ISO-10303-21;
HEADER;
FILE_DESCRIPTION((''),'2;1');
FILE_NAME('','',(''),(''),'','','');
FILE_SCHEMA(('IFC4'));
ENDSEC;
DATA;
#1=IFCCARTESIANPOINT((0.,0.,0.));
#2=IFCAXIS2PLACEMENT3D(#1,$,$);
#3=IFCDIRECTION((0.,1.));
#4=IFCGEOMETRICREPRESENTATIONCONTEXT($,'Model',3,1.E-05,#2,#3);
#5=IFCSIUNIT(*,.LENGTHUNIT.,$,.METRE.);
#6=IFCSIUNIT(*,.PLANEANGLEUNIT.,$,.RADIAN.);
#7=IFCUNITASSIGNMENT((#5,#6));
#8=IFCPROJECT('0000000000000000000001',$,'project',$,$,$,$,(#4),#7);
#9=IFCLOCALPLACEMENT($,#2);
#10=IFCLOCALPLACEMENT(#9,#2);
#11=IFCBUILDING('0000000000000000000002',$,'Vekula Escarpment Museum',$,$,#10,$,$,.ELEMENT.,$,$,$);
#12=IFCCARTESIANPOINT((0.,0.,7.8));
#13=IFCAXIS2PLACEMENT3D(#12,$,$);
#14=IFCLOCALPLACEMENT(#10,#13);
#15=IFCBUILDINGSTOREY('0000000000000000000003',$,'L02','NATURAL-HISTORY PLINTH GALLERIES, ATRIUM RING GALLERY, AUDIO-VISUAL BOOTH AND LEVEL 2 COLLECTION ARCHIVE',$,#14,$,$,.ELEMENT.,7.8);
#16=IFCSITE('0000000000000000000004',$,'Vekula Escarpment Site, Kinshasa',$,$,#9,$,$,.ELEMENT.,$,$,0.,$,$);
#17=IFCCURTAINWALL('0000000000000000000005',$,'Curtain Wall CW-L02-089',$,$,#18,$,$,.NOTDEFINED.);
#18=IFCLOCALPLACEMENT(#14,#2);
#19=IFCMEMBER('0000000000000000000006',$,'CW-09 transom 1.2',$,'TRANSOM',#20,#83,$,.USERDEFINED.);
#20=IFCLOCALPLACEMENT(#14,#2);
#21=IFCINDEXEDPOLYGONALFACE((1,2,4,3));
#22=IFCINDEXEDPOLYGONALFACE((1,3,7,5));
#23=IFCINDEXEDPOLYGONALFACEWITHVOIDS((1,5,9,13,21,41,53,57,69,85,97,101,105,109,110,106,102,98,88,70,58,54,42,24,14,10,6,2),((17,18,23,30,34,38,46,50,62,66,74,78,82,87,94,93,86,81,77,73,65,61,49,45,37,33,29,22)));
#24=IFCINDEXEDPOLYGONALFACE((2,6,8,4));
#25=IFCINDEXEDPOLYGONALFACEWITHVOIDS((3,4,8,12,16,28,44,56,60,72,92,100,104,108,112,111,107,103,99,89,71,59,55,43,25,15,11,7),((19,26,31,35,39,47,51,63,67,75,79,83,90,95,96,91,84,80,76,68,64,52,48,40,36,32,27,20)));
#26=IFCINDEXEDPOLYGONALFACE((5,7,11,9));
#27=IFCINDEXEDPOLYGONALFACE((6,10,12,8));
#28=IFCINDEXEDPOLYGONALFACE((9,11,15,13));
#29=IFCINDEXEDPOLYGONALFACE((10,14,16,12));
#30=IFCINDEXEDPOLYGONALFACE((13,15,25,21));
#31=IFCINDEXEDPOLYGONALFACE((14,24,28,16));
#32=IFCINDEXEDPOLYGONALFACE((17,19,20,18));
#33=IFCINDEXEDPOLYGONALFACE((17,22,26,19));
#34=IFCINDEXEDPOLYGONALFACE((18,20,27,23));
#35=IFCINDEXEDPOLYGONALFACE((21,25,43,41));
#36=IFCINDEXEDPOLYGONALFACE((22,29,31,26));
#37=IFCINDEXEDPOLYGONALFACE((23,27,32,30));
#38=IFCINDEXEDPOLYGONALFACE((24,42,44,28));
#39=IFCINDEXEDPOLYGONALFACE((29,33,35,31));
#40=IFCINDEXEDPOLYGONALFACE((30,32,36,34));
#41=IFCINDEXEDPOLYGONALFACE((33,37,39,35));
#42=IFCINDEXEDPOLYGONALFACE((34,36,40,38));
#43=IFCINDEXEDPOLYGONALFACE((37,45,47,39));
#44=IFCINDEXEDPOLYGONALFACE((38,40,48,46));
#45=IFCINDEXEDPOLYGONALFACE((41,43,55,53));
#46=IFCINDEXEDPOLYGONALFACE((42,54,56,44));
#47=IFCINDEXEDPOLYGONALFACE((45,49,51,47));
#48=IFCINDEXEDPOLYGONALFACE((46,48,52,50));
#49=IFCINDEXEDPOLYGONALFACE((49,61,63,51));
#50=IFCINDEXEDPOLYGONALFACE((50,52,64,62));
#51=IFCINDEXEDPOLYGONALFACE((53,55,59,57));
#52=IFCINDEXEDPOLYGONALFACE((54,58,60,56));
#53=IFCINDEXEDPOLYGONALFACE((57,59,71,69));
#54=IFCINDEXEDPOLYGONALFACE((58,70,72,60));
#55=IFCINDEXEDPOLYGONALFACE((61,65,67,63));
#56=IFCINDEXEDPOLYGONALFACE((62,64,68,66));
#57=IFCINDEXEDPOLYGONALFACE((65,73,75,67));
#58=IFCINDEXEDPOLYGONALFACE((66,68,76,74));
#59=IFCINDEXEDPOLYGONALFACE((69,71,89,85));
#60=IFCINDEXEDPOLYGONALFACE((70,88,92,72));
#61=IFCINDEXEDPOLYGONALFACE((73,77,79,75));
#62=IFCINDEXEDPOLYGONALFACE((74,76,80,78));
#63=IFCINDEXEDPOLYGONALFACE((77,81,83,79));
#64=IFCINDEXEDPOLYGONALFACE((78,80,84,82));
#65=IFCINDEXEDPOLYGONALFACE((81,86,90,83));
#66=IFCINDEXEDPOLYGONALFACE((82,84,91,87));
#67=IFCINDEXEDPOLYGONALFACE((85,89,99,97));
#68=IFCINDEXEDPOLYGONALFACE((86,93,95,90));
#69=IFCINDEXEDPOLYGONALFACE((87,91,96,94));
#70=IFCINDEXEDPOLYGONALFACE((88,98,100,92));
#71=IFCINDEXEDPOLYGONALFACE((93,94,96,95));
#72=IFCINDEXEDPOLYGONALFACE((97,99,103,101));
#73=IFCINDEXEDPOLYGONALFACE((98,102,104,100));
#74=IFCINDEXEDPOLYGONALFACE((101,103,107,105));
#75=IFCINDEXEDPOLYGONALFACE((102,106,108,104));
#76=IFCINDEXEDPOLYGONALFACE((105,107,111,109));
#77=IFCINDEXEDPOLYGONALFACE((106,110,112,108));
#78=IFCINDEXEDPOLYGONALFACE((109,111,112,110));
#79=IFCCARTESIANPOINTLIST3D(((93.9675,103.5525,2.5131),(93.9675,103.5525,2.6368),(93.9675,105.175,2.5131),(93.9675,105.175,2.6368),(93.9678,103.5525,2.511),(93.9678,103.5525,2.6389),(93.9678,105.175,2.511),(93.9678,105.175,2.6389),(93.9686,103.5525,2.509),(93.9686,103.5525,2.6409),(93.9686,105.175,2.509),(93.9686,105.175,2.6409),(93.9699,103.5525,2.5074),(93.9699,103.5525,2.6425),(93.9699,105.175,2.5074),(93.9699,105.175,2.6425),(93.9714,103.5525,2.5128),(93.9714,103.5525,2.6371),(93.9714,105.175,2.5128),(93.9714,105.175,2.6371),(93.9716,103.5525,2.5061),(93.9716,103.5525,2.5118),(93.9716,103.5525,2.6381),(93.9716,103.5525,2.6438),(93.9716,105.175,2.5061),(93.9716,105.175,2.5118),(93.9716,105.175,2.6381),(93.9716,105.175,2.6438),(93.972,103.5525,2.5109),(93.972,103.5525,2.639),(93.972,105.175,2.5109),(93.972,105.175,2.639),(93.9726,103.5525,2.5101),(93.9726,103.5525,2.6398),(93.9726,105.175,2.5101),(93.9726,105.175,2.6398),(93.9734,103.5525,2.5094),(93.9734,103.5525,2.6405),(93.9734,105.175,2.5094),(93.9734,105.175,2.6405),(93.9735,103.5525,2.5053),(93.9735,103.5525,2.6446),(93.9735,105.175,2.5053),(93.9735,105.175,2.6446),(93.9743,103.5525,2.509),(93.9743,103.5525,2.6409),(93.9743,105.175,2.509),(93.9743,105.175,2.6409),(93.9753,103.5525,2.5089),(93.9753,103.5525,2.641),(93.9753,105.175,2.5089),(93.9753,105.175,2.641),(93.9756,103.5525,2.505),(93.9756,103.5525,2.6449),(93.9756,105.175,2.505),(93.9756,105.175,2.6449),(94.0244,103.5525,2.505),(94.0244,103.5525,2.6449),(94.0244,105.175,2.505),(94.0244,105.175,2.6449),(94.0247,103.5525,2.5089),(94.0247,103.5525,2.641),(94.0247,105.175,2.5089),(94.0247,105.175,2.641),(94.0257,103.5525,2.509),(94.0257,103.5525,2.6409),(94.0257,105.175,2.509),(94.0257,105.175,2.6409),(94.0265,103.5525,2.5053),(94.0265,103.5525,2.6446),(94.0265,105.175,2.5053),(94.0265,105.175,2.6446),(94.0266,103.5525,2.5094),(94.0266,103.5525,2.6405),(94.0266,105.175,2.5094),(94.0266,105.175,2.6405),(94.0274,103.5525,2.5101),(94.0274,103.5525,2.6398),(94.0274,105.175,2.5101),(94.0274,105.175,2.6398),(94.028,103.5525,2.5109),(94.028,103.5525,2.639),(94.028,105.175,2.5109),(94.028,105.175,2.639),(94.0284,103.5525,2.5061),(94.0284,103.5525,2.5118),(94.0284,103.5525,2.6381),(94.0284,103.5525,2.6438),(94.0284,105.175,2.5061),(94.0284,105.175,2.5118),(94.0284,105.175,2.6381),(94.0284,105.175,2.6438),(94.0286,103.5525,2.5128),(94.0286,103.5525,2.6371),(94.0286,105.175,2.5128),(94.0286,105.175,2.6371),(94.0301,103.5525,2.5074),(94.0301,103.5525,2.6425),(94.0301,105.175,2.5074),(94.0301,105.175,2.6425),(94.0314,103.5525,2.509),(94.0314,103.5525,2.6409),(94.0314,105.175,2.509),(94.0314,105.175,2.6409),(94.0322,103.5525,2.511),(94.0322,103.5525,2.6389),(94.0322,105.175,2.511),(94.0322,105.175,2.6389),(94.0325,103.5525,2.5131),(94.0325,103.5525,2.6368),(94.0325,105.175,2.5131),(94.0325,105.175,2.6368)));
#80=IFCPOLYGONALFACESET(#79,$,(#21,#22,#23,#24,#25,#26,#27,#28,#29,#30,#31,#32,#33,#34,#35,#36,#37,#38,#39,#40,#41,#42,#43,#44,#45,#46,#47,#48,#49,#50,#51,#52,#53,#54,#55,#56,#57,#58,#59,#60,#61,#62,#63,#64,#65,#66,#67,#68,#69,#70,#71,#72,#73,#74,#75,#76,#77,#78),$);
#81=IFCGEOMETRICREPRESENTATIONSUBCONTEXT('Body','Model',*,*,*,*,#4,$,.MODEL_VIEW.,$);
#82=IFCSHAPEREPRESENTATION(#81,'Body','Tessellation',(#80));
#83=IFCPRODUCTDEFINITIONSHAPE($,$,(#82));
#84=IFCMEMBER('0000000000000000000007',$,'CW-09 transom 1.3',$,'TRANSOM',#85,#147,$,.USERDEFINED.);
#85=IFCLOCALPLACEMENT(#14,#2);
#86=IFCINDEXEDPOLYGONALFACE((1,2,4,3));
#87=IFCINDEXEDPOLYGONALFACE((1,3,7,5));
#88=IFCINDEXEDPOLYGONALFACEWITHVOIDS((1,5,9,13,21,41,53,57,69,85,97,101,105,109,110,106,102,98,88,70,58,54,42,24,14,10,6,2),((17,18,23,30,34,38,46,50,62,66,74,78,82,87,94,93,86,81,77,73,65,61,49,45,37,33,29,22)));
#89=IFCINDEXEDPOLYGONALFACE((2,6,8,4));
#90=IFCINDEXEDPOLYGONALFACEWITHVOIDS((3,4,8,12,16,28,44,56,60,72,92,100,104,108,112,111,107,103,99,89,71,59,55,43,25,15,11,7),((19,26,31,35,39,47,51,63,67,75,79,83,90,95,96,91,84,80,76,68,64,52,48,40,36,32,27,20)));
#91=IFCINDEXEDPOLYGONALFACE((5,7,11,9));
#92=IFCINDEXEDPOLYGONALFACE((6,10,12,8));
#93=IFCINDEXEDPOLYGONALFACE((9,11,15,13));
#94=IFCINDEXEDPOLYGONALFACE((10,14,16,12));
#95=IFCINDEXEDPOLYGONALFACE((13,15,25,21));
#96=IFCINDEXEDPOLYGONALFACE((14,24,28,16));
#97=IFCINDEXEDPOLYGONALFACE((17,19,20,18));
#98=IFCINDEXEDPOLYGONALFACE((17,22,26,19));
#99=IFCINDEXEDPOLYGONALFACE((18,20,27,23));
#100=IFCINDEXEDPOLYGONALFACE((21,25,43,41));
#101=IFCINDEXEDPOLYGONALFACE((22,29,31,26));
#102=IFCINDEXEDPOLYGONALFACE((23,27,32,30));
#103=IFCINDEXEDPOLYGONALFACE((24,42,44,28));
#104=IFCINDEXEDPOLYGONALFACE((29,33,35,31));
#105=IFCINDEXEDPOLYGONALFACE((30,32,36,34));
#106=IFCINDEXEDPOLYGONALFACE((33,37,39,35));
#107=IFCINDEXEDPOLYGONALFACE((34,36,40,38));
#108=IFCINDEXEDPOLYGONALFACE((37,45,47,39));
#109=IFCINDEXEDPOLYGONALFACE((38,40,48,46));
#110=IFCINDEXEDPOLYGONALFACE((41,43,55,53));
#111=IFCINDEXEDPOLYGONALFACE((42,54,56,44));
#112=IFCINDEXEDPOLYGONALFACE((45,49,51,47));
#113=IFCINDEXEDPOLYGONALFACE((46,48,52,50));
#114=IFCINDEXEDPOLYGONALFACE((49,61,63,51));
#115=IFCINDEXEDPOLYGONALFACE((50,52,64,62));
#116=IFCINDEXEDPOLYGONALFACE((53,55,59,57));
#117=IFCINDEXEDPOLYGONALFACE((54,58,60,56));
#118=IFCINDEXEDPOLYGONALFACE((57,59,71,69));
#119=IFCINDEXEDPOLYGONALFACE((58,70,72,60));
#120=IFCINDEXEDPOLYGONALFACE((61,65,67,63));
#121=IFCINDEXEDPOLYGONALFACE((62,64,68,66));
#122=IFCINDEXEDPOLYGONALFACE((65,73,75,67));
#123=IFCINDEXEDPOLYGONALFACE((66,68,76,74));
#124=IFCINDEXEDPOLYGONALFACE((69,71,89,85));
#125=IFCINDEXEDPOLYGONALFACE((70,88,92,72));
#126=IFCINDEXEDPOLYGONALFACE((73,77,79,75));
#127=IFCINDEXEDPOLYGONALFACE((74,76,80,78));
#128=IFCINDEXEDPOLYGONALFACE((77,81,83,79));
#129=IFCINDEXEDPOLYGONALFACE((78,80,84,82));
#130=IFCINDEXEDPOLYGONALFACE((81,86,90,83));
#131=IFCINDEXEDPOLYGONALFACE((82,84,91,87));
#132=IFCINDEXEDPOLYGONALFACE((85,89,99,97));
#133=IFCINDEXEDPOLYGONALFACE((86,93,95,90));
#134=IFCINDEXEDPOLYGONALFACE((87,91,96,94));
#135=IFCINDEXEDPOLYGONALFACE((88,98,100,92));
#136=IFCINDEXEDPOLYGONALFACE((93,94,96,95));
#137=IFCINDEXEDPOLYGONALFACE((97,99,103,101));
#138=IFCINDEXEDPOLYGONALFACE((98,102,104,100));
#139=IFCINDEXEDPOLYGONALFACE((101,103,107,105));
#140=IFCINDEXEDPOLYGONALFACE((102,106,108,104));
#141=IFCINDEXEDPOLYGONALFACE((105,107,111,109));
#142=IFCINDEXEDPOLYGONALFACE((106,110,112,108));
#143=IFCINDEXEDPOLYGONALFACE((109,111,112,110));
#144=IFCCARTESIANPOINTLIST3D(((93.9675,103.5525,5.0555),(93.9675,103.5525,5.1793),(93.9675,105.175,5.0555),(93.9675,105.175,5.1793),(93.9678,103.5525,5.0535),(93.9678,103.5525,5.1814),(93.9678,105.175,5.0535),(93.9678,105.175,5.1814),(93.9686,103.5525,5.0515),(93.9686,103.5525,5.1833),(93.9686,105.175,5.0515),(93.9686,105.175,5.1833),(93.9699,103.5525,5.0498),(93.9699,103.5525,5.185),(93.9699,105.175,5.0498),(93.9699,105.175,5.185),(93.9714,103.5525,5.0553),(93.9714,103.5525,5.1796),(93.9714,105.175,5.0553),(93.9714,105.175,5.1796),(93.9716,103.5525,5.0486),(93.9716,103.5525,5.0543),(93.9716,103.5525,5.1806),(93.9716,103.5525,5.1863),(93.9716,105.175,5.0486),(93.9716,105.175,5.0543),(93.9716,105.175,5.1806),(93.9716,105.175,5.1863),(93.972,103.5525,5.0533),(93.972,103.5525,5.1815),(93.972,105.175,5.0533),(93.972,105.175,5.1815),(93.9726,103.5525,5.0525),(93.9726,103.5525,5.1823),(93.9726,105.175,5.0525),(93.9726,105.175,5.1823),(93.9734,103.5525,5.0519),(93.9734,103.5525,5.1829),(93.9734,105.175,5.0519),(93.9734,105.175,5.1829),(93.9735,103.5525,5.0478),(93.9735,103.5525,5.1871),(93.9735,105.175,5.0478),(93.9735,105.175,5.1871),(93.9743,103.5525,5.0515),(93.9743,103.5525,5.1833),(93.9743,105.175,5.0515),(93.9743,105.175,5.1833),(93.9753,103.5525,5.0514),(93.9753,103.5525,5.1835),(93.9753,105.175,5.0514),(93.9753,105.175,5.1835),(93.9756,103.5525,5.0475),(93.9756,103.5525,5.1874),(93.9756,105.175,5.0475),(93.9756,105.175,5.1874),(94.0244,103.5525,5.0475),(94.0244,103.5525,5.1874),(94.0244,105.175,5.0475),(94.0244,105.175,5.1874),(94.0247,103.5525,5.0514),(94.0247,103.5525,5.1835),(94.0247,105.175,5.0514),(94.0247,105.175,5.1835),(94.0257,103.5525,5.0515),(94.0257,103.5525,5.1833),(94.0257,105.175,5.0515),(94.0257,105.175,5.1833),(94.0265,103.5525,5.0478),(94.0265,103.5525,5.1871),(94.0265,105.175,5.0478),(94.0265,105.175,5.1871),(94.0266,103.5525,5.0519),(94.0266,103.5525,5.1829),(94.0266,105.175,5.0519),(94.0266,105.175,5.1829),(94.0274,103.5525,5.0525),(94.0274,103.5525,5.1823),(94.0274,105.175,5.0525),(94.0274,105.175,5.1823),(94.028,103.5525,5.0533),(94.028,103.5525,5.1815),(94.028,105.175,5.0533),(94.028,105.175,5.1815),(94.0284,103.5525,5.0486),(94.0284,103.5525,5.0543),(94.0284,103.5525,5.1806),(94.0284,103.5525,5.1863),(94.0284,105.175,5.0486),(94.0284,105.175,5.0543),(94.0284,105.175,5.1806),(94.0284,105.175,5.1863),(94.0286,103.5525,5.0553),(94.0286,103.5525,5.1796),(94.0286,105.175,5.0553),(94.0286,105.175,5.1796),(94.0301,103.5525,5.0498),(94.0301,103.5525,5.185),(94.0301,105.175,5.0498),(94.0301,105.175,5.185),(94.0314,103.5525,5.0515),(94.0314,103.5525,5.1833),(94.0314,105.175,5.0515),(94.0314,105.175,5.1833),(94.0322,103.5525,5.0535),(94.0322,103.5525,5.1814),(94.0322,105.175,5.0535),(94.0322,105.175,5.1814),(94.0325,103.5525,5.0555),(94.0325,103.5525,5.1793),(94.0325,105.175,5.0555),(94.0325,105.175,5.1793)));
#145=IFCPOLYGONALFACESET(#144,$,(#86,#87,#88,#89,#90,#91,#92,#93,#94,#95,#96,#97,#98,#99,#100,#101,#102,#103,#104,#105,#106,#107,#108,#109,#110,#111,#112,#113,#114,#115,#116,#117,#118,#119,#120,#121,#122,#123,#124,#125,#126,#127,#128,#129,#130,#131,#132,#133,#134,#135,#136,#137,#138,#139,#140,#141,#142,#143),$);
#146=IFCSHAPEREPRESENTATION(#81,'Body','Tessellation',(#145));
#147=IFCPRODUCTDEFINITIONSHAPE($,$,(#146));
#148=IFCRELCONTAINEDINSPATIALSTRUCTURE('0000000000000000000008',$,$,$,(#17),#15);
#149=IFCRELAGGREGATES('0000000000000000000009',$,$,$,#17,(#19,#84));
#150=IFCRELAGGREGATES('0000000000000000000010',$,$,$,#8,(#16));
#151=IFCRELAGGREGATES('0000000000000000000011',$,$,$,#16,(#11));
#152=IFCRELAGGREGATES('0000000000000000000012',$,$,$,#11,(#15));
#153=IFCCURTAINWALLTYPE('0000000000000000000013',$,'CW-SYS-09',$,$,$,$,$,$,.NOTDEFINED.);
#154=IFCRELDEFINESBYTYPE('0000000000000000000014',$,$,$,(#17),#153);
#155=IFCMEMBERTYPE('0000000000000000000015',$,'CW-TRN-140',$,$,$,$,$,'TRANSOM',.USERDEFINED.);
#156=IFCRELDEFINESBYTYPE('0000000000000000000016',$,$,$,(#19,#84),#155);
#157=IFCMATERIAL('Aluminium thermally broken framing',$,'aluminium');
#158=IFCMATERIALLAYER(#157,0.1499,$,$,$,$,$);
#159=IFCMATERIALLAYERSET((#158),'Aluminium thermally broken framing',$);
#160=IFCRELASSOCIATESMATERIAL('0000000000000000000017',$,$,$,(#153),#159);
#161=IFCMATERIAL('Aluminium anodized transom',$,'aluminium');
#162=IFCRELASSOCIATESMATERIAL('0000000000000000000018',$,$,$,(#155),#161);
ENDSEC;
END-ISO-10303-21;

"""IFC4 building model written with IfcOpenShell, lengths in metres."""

from ifc_helpers import new_model, si_unit, direction, frame, origin, origin_2d, place, context, subcontext, project, spatial, hollow_rectangle, extrude, material, layer, layer_set, material_profile, profile_set, type_object, element, aggregate, save


model = new_model("IFC4")

# Units and contexts
model_context = context("Model", 3, precision=1e-05, world=origin(), true_north=direction((0.0, 1.0)))
body_context = subcontext(model_context, "Body", "Model", "MODEL_VIEW")
ifc_project = project(units=[si_unit("LENGTHUNIT", "METRE"), si_unit("PLANEANGLEUNIT", "RADIAN")], contexts=[model_context])

# Site, building, storey
site_placement = place(None, origin())
site = spatial("IfcSite", under=ifc_project, at=site_placement, Name="Vekula Escarpment Site, Kinshasa", CompositionType="ELEMENT", RefElevation=0.0)
building_placement = place(site_placement, origin())
building = spatial("IfcBuilding", under=site, at=building_placement, Name="Vekula Escarpment Museum", CompositionType="ELEMENT")
storey_placement = place(building_placement, frame((0.0, 0.0, 7.8)))
storey = spatial("IfcBuildingStorey", under=building, at=storey_placement, Name="L02", Description="NATURAL-HISTORY PLINTH GALLERIES, ATRIUM RING GALLERY, AUDIO-VISUAL BOOTH AND LEVEL 2 COLLECTION ARCHIVE", CompositionType="ELEMENT", Elevation=7.8)

# Curtain wall
ifc_material_1 = material(Name="Aluminium thermally broken framing", Category="aluminium")
ifc_layer_1 = layer(ifc_material_1, 0.1499)
ifc_layer_set_1 = layer_set([ifc_layer_1], Name="Aluminium thermally broken framing")
curtain_wall_type_1 = type_object("IfcCurtainWallType", Name="CW-SYS-09", PredefinedType="NOTDEFINED", material=ifc_layer_set_1)
curtain_wall_1_placement = place(storey_placement, origin())
curtain_wall_1 = element("IfcCurtainWall", 1, at=curtain_wall_1_placement, inside=storey, type_object=curtain_wall_type_1, Name="Curtain Wall CW-L02-089", PredefinedType="NOTDEFINED")

# Members
ifc_material_2 = material(Name="Aluminium anodized transom", Category="aluminium")
ifc_material_profile_1 = material_profile(ifc_material_2, hollow_rectangle(XDim=0.0649, YDim=0.1399, WallThickness=0.0039, InnerFilletRadius=0.0039, OuterFilletRadius=0.0081, at=origin_2d()), Name="ALU 140x65x4")
ifc_profile_set_1 = profile_set([ifc_material_profile_1], Name="Aluminium anodized transom")
member_type_1 = type_object("IfcMemberType", Name="CW-TRN-140", ElementType="TRANSOM", PredefinedType="USERDEFINED", material=ifc_profile_set_1)
member_1_placement = place(storey_placement, frame((94.0, 105.175, 2.575), z_axis=(0.0, -1.0, 0.0), x_axis=(1.0, 0.0, 0.0)))
member_1 = element("IfcMember", 2, at=member_1_placement, type_object=member_type_1, Name="CW-09 transom 1.2", ObjectType="TRANSOM", PredefinedType="USERDEFINED", context=body_context, shape_type="SweptSolid", body=[
    extrude(hollow_rectangle(XDim=0.0649, YDim=0.1399, WallThickness=0.0039, InnerFilletRadius=0.0039, OuterFilletRadius=0.0081, at=origin_2d()), origin(), (0.0, 0.0, 1.0), 1.6226),
])
member_2_placement = place(storey_placement, frame((94.0, 105.175, 5.1174), z_axis=(0.0, -1.0, 0.0), x_axis=(1.0, 0.0, 0.0)))
member_2 = element("IfcMember", 3, at=member_2_placement, type_object=member_type_1, Name="CW-09 transom 1.3", ObjectType="TRANSOM", PredefinedType="USERDEFINED", context=body_context, shape_type="SweptSolid", body=[
    extrude(hollow_rectangle(XDim=0.0649, YDim=0.1399, WallThickness=0.0039, InnerFilletRadius=0.0039, OuterFilletRadius=0.0081, at=origin_2d()), origin(), (0.0, 0.0, 1.0), 1.6226),
])

aggregate(curtain_wall_1, [member_1, member_2])

save(model, "model.ifc")
